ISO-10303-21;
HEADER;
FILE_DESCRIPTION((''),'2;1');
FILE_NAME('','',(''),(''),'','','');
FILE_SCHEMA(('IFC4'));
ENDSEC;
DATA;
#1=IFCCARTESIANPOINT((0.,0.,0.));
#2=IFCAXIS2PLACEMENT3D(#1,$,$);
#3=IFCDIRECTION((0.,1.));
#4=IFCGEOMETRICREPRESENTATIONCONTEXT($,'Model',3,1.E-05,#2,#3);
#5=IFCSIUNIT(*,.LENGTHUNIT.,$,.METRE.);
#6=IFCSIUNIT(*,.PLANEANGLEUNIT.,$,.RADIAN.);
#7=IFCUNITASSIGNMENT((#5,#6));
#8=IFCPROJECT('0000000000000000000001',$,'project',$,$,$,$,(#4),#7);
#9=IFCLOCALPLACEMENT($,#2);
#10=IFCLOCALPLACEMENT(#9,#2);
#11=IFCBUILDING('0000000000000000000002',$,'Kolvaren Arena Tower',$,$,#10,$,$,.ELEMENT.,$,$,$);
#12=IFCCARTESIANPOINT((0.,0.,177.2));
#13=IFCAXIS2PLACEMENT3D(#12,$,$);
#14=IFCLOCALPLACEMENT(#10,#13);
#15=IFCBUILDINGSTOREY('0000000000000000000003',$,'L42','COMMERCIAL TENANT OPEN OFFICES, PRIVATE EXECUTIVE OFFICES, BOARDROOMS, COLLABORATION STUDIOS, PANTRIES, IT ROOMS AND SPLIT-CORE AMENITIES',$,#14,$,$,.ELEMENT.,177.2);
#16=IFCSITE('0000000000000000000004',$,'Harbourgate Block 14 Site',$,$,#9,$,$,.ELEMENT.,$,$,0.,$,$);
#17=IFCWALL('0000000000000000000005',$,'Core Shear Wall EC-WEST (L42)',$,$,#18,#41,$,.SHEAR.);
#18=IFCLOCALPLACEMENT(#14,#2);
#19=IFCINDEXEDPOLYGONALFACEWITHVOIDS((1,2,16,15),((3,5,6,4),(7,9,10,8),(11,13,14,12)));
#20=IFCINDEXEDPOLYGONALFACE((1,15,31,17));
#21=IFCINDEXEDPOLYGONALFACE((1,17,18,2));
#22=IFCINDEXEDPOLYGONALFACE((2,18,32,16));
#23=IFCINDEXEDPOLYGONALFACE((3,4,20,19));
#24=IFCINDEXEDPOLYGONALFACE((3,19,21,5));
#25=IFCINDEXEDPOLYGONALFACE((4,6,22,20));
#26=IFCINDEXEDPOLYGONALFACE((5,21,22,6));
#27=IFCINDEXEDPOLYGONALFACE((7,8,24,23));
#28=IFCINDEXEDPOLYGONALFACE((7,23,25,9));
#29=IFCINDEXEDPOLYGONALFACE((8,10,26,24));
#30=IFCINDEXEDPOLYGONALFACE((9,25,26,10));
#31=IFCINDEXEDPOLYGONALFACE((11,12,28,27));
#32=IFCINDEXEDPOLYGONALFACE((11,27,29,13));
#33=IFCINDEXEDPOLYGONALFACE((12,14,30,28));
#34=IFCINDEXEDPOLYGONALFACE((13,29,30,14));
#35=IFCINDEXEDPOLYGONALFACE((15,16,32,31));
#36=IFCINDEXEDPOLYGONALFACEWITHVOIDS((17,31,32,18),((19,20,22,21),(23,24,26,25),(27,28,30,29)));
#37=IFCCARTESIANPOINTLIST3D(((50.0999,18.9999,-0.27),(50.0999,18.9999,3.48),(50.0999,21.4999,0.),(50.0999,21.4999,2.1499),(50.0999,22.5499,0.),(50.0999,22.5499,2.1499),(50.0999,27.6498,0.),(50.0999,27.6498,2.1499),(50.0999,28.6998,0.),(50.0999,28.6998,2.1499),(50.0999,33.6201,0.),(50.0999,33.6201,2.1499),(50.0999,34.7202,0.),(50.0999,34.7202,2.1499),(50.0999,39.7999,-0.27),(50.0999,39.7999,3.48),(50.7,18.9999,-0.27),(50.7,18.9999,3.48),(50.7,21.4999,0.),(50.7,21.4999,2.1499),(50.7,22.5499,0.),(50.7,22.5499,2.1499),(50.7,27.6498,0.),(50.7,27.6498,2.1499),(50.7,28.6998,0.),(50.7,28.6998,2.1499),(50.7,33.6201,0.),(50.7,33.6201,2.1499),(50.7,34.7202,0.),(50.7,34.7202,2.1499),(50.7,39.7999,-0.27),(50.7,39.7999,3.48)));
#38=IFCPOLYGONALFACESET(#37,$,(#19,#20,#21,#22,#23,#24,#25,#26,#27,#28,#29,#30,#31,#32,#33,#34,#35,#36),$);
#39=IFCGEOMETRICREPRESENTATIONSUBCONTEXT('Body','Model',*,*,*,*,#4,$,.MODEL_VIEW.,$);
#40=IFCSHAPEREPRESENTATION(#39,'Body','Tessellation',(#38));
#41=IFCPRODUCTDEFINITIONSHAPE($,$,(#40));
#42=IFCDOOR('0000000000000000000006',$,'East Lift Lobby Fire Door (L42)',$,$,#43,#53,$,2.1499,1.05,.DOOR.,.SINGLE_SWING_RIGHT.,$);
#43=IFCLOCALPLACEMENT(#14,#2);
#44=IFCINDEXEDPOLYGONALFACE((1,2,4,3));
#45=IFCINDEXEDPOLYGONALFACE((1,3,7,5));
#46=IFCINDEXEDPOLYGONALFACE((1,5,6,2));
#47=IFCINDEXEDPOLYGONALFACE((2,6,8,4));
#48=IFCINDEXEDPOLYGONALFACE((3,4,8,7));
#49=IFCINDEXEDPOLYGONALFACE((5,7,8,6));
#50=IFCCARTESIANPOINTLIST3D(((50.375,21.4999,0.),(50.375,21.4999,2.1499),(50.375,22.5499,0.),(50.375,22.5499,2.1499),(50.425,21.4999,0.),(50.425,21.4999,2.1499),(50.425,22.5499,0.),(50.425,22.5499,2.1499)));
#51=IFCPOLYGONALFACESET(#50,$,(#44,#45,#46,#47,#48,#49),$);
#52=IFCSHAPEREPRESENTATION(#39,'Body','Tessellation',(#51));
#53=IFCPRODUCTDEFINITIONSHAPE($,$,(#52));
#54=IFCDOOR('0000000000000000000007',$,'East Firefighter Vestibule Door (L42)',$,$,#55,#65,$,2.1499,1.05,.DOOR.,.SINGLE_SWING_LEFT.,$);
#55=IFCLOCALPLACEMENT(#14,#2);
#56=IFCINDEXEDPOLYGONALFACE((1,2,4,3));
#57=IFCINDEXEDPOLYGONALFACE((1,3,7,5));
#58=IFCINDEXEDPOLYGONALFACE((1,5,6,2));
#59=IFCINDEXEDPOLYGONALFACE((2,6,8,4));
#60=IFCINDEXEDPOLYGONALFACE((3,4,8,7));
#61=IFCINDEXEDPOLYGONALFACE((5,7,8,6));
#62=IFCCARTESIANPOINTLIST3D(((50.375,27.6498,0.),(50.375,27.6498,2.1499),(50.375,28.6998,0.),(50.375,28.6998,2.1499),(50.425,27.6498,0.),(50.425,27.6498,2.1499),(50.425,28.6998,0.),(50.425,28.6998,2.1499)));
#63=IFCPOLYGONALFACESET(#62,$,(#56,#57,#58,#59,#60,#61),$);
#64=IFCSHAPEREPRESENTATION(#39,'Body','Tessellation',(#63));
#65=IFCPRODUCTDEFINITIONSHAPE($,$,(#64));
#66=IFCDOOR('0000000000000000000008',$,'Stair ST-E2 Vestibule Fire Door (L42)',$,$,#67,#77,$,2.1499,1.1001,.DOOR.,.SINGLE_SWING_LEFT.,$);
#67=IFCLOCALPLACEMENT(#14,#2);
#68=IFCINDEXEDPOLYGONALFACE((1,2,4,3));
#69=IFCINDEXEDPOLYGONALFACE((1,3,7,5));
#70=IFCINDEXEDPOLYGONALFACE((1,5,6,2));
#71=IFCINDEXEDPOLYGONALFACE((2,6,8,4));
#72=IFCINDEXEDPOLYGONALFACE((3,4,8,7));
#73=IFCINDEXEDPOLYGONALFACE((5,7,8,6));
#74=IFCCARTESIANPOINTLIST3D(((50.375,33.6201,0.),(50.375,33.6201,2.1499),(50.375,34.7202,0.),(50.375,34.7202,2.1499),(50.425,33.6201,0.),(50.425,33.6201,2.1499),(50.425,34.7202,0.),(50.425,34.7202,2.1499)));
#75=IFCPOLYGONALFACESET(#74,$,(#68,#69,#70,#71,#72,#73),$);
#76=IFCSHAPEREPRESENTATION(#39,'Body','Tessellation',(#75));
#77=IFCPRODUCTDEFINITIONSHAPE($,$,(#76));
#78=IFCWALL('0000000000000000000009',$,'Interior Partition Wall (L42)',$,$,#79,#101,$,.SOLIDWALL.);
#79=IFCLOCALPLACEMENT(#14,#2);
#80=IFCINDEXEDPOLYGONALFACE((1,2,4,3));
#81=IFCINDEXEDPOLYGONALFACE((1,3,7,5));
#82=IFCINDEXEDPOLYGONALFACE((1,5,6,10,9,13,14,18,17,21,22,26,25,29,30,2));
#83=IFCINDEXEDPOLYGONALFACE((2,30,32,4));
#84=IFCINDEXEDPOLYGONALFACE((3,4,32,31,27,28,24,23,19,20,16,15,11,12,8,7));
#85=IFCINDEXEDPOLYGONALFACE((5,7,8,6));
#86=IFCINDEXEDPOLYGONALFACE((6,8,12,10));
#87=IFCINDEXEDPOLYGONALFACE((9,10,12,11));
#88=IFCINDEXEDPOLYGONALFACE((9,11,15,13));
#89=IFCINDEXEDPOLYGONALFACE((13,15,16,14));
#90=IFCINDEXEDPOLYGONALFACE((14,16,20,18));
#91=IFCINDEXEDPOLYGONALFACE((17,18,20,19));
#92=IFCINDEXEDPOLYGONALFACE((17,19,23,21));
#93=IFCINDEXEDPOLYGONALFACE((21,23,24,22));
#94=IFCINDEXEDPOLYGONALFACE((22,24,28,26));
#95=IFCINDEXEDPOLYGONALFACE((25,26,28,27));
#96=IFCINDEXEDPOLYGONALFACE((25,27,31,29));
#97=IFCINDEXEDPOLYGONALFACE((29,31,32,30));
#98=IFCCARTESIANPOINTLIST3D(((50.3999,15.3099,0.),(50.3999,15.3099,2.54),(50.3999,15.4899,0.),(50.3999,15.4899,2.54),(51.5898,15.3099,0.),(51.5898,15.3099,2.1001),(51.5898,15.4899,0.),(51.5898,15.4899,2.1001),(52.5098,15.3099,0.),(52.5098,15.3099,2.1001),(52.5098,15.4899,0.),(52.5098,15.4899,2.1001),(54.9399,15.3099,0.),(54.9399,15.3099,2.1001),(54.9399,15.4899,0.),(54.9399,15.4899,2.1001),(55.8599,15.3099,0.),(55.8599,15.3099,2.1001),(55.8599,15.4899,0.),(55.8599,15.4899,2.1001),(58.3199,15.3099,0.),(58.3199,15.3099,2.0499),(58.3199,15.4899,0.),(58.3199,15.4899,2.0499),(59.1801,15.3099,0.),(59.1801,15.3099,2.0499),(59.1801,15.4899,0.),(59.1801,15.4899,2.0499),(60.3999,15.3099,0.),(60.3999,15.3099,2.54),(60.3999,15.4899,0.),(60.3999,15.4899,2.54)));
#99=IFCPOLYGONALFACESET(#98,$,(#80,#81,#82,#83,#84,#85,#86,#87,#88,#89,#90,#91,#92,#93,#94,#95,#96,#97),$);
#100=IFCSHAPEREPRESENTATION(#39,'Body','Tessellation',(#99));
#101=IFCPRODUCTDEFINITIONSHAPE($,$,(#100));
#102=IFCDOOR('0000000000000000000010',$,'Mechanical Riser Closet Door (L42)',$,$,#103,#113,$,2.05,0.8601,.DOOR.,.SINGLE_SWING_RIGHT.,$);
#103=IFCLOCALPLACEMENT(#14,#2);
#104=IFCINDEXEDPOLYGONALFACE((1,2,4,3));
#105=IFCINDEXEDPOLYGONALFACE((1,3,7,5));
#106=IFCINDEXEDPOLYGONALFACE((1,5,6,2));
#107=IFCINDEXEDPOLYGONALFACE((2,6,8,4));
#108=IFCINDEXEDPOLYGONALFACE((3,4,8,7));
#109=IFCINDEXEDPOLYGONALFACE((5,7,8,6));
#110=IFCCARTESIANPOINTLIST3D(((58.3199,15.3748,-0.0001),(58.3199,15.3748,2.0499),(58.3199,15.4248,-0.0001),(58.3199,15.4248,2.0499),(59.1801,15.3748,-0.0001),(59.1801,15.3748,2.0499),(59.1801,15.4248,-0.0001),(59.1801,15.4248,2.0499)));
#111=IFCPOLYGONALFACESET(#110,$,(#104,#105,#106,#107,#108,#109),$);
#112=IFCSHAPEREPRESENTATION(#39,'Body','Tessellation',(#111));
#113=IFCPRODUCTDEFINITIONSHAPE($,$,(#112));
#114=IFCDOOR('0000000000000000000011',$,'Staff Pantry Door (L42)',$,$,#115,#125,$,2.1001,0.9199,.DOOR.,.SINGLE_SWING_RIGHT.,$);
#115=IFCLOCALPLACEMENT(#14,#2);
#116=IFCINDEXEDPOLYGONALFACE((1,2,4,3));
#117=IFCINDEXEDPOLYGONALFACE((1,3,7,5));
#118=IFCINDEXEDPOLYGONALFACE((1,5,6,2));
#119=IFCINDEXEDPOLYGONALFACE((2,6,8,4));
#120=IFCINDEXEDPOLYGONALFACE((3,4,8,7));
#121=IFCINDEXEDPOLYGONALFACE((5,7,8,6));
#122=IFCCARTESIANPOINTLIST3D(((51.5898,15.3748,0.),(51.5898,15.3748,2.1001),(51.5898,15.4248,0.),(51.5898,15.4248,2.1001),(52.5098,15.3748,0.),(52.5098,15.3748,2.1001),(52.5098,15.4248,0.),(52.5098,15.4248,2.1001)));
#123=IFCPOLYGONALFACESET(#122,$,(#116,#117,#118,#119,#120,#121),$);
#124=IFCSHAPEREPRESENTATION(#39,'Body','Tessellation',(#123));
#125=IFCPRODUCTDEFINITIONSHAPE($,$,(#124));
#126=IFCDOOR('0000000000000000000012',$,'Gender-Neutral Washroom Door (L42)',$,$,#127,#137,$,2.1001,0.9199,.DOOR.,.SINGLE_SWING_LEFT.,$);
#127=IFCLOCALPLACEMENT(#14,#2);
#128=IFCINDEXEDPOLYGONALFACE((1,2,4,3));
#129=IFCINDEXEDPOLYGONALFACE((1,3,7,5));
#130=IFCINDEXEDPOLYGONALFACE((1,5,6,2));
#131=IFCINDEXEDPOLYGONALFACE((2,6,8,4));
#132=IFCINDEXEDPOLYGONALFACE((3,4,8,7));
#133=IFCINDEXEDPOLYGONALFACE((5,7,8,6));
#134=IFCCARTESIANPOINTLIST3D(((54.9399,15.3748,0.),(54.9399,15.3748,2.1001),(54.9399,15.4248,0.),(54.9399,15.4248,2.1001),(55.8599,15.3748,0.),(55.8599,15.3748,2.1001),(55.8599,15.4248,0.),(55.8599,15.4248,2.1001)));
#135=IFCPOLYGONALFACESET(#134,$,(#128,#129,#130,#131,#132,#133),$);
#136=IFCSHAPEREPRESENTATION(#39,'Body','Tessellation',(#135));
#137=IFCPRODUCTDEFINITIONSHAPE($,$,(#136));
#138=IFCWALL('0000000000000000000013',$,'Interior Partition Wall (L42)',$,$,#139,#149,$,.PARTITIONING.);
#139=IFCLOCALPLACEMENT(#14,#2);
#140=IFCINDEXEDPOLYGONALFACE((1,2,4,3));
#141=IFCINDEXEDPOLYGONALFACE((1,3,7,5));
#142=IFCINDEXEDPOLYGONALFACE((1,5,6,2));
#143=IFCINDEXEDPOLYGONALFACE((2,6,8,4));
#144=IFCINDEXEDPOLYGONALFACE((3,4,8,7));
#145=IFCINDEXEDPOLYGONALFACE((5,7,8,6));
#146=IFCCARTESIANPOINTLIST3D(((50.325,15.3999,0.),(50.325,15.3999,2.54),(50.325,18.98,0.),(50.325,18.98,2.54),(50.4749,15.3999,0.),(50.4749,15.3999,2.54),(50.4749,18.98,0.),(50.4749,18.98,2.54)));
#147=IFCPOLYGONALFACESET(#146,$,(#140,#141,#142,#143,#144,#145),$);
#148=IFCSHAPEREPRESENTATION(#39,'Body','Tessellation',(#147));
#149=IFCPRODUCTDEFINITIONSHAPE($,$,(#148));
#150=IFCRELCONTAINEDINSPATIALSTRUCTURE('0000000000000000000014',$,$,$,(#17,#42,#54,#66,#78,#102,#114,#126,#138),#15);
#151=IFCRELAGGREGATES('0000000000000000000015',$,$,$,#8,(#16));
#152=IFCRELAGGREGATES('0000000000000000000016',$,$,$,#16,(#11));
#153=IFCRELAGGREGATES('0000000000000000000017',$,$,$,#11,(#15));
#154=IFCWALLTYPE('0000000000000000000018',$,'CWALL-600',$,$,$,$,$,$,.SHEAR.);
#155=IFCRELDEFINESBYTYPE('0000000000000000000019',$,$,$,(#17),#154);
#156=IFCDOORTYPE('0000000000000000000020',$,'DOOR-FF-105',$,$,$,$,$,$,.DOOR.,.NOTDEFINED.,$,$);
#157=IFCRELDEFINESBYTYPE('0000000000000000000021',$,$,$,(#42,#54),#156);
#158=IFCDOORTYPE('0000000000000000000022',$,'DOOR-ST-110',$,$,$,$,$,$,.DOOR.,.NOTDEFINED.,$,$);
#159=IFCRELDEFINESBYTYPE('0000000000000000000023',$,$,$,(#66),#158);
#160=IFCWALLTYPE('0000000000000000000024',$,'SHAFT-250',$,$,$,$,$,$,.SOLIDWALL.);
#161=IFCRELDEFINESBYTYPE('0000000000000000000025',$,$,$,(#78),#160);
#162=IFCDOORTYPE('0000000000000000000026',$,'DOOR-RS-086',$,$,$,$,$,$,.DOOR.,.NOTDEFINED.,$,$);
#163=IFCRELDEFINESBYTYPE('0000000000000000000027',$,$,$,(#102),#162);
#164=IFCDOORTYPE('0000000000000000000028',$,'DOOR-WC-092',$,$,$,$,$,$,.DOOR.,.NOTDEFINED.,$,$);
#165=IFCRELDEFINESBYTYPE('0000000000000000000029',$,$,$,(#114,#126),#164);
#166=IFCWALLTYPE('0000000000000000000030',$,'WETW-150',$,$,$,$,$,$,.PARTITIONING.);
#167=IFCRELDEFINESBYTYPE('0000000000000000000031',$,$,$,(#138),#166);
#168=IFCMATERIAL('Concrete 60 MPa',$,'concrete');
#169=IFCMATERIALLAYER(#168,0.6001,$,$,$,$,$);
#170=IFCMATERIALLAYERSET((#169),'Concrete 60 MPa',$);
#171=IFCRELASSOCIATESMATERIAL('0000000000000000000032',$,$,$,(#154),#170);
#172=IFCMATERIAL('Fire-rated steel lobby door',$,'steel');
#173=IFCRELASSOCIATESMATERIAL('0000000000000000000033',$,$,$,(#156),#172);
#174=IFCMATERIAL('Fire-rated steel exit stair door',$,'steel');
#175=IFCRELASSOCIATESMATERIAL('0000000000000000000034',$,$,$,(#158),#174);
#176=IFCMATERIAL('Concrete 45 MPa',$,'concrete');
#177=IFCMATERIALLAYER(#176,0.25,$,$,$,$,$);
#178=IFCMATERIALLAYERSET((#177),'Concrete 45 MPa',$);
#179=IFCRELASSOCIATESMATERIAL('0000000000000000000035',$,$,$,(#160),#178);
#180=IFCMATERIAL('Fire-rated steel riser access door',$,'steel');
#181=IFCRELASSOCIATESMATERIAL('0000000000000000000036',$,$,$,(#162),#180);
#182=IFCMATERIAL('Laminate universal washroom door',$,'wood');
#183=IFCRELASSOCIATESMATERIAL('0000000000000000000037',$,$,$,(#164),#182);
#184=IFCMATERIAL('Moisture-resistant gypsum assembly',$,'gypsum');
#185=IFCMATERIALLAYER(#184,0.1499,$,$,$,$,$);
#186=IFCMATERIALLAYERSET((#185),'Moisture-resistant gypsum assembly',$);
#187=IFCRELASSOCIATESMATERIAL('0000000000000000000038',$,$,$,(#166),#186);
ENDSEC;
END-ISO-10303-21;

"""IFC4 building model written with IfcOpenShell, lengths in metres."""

from ifc_helpers import new_model, si_unit, direction, frame, frame_2d, origin, place, context, subcontext, project, spatial, rectangle, extrude, material, layer, layer_set, type_object, element, fill, save


model = new_model("IFC4")

# Units and contexts
model_context = context("Model", 3, precision=1e-05, world=origin(), true_north=direction((0.0, 1.0)))
body_context = subcontext(model_context, "Body", "Model", "MODEL_VIEW")
ifc_project = project(units=[si_unit("LENGTHUNIT", "METRE"), si_unit("PLANEANGLEUNIT", "RADIAN")], contexts=[model_context])

# Site, building, storey
site_placement = place(None, origin())
site = spatial("IfcSite", under=ifc_project, at=site_placement, Name="Harbourgate Block 14 Site", CompositionType="ELEMENT", RefElevation=0.0)
building_placement = place(site_placement, origin())
building = spatial("IfcBuilding", under=site, at=building_placement, Name="Kolvaren Arena Tower", CompositionType="ELEMENT")
storey_placement = place(building_placement, frame((0.0, 0.0, 177.2)))
storey = spatial("IfcBuildingStorey", under=building, at=storey_placement, Name="L42", Description="COMMERCIAL TENANT OPEN OFFICES, PRIVATE EXECUTIVE OFFICES, BOARDROOMS, COLLABORATION STUDIOS, PANTRIES, IT ROOMS AND SPLIT-CORE AMENITIES", CompositionType="ELEMENT", Elevation=177.2)

# Walls, openings, doors
ifc_material_1 = material(Name="Concrete 60 MPa", Category="concrete")
ifc_layer_1 = layer(ifc_material_1, 0.6001)
ifc_layer_set_1 = layer_set([ifc_layer_1], Name="Concrete 60 MPa")
wall_type_1 = type_object("IfcWallType", Name="CWALL-600", PredefinedType="SHEAR", material=ifc_layer_set_1)
wall_1_placement = place(storey_placement, frame((50.3999, 19.0, -0.27), z_axis=(0.0, 0.0, 1.0), x_axis=(0.0, 1.0, 0.0)))
wall_1 = element("IfcWall", 1, at=wall_1_placement, inside=storey, type_object=wall_type_1, Name="Core Shear Wall EC-WEST (L42)", PredefinedType="SHEAR", context=body_context, shape_type="SweptSolid", body=[
    extrude(rectangle(XDim=20.8, YDim=0.6001, at=frame_2d((10.3999, 0.0))), origin(), (0.0, 0.0, 1.0), 3.75),
])
opening_1_placement = place(wall_1_placement, frame((2.5, 0.0, 0.27)))
opening_1 = element("IfcOpeningElement", 2, at=opening_1_placement, cuts=wall_1, PredefinedType="OPENING", context=body_context, shape_type="SweptSolid", body=[
    extrude(rectangle(XDim=1.05, YDim=2.1499, at=frame_2d((0.5249, 1.075))), frame((0.0, 0.3101, 0.0), z_axis=(0.0, -1.0, 0.0), x_axis=(1.0, 0.0, 0.0)), (0.0, 0.0, 1.0), 0.6201),
])
opening_2_placement = place(wall_1_placement, frame((8.6499, 0.0, 0.27)))
opening_2 = element("IfcOpeningElement", 3, at=opening_2_placement, cuts=wall_1, PredefinedType="OPENING", context=body_context, shape_type="SweptSolid", body=[
    extrude(rectangle(XDim=1.05, YDim=2.1499, at=frame_2d((0.5249, 1.075))), frame((0.0, 0.3101, 0.0), z_axis=(0.0, -1.0, 0.0), x_axis=(1.0, 0.0, 0.0)), (0.0, 0.0, 1.0), 0.6201),
])
opening_3_placement = place(wall_1_placement, frame((14.6201, 0.0, 0.27)))
opening_3 = element("IfcOpeningElement", 4, at=opening_3_placement, cuts=wall_1, PredefinedType="OPENING", context=body_context, shape_type="SweptSolid", body=[
    extrude(rectangle(XDim=1.1001, YDim=2.1499, at=frame_2d((0.55, 1.075))), frame((0.0, 0.3101, 0.0), z_axis=(0.0, -1.0, 0.0), x_axis=(1.0, 0.0, 0.0)), (0.0, 0.0, 1.0), 0.6201),
])
ifc_material_2 = material(Name="Fire-rated steel lobby door", Category="steel")
door_type_1 = type_object("IfcDoorType", Name="DOOR-FF-105", OperationType="NOTDEFINED", PredefinedType="DOOR", material=ifc_material_2)
door_1_placement = place(opening_1_placement, origin())
door_1 = element("IfcDoor", 5, at=door_1_placement, inside=storey, type_object=door_type_1, Name="East Lift Lobby Fire Door (L42)", OperationType="SINGLE_SWING_RIGHT", OverallHeight=2.1499, OverallWidth=1.05, PredefinedType="DOOR", context=body_context, shape_type="SweptSolid", body=[
    extrude(rectangle(XDim=1.05, YDim=2.1499, at=frame_2d((0.5249, 1.075))), frame((0.0, 0.0249, 0.0), z_axis=(0.0, -1.0, 0.0), x_axis=(1.0, 0.0, 0.0)), (0.0, 0.0, 1.0), 0.05),
])
fill(opening_1, door_1)
door_2_placement = place(opening_2_placement, origin())
door_2 = element("IfcDoor", 6, at=door_2_placement, inside=storey, type_object=door_type_1, Name="East Firefighter Vestibule Door (L42)", OperationType="SINGLE_SWING_LEFT", OverallHeight=2.1499, OverallWidth=1.05, PredefinedType="DOOR", context=body_context, shape_type="SweptSolid", body=[
    extrude(rectangle(XDim=1.05, YDim=2.1499, at=frame_2d((0.5249, 1.075))), frame((0.0, 0.0249, 0.0), z_axis=(0.0, -1.0, 0.0), x_axis=(1.0, 0.0, 0.0)), (0.0, 0.0, 1.0), 0.05),
])
fill(opening_2, door_2)
ifc_material_3 = material(Name="Fire-rated steel exit stair door", Category="steel")
door_type_2 = type_object("IfcDoorType", Name="DOOR-ST-110", OperationType="NOTDEFINED", PredefinedType="DOOR", material=ifc_material_3)
door_3_placement = place(opening_3_placement, origin())
door_3 = element("IfcDoor", 7, at=door_3_placement, inside=storey, type_object=door_type_2, Name="Stair ST-E2 Vestibule Fire Door (L42)", OperationType="SINGLE_SWING_LEFT", OverallHeight=2.1499, OverallWidth=1.1001, PredefinedType="DOOR", context=body_context, shape_type="SweptSolid", body=[
    extrude(rectangle(XDim=1.1001, YDim=2.1499, at=frame_2d((0.55, 1.075))), frame((0.0, 0.0249, 0.0), z_axis=(0.0, -1.0, 0.0), x_axis=(1.0, 0.0, 0.0)), (0.0, 0.0, 1.0), 0.05),
])
fill(opening_3, door_3)
ifc_material_4 = material(Name="Concrete 45 MPa", Category="concrete")
ifc_layer_2 = layer(ifc_material_4, 0.25)
ifc_layer_set_2 = layer_set([ifc_layer_2], Name="Concrete 45 MPa")
wall_type_2 = type_object("IfcWallType", Name="SHAFT-250", PredefinedType="SOLIDWALL", material=ifc_layer_set_2)
wall_2_placement = place(storey_placement, frame((50.3999, 15.3999, 0.0), z_axis=(0.0, 0.0, 1.0), x_axis=(1.0, 0.0, 0.0)))
wall_2 = element("IfcWall", 8, at=wall_2_placement, inside=storey, type_object=wall_type_2, Name="Interior Partition Wall (L42)", PredefinedType="SOLIDWALL", context=body_context, shape_type="SweptSolid", body=[
    extrude(rectangle(XDim=10.0, YDim=0.1799, at=frame_2d((5.0, 0.0))), origin(), (0.0, 0.0, 1.0), 2.54),
])
opening_4_placement = place(wall_2_placement, frame((1.1899, 0.0, 0.0)))
opening_4 = element("IfcOpeningElement", 9, at=opening_4_placement, cuts=wall_2, PredefinedType="OPENING", context=body_context, shape_type="SweptSolid", body=[
    extrude(rectangle(XDim=0.9199, YDim=2.1001, at=frame_2d((0.46, 1.05))), frame((0.0, 0.0999, 0.0), z_axis=(0.0, -1.0, 0.0), x_axis=(1.0, 0.0, 0.0)), (0.0, 0.0, 1.0), 0.2),
])
opening_5_placement = place(wall_2_placement, frame((4.54, 0.0, 0.0)))
opening_5 = element("IfcOpeningElement", 10, at=opening_5_placement, cuts=wall_2, PredefinedType="OPENING", context=body_context, shape_type="SweptSolid", body=[
    extrude(rectangle(XDim=0.9199, YDim=2.1001, at=frame_2d((0.46, 1.05))), frame((0.0, 0.0999, 0.0), z_axis=(0.0, -1.0, 0.0), x_axis=(1.0, 0.0, 0.0)), (0.0, 0.0, 1.0), 0.2),
])
opening_6_placement = place(wall_2_placement, frame((7.9199, 0.0, 0.0)))
opening_6 = element("IfcOpeningElement", 11, at=opening_6_placement, cuts=wall_2, PredefinedType="OPENING", context=body_context, shape_type="SweptSolid", body=[
    extrude(rectangle(XDim=0.8601, YDim=2.05, at=frame_2d((0.4302, 1.0249))), frame((0.0, 0.0999, 0.0), z_axis=(0.0, -1.0, 0.0), x_axis=(1.0, 0.0, 0.0)), (0.0, 0.0, 1.0), 0.2),
])
ifc_material_5 = material(Name="Fire-rated steel riser access door", Category="steel")
door_type_3 = type_object("IfcDoorType", Name="DOOR-RS-086", OperationType="NOTDEFINED", PredefinedType="DOOR", material=ifc_material_5)
door_4_placement = place(opening_6_placement, origin())
door_4 = element("IfcDoor", 12, at=door_4_placement, inside=storey, type_object=door_type_3, Name="Mechanical Riser Closet Door (L42)", OperationType="SINGLE_SWING_RIGHT", OverallHeight=2.05, OverallWidth=0.8601, PredefinedType="DOOR", context=body_context, shape_type="SweptSolid", body=[
    extrude(rectangle(XDim=0.8601, YDim=2.05, at=frame_2d((0.4302, 1.0249))), frame((0.0, 0.0249, 0.0), z_axis=(0.0, -1.0, 0.0), x_axis=(1.0, 0.0, 0.0)), (0.0, 0.0, 1.0), 0.05),
])
fill(opening_6, door_4)
ifc_material_6 = material(Name="Laminate universal washroom door", Category="wood")
door_type_4 = type_object("IfcDoorType", Name="DOOR-WC-092", OperationType="NOTDEFINED", PredefinedType="DOOR", material=ifc_material_6)
door_5_placement = place(opening_4_placement, origin())
door_5 = element("IfcDoor", 13, at=door_5_placement, inside=storey, type_object=door_type_4, Name="Staff Pantry Door (L42)", OperationType="SINGLE_SWING_RIGHT", OverallHeight=2.1001, OverallWidth=0.9199, PredefinedType="DOOR", context=body_context, shape_type="SweptSolid", body=[
    extrude(rectangle(XDim=0.9199, YDim=2.1001, at=frame_2d((0.46, 1.05))), frame((0.0, 0.0249, 0.0), z_axis=(0.0, -1.0, 0.0), x_axis=(1.0, 0.0, 0.0)), (0.0, 0.0, 1.0), 0.05),
])
fill(opening_4, door_5)
door_6_placement = place(opening_5_placement, origin())
door_6 = element("IfcDoor", 14, at=door_6_placement, inside=storey, type_object=door_type_4, Name="Gender-Neutral Washroom Door (L42)", OperationType="SINGLE_SWING_LEFT", OverallHeight=2.1001, OverallWidth=0.9199, PredefinedType="DOOR", context=body_context, shape_type="SweptSolid", body=[
    extrude(rectangle(XDim=0.9199, YDim=2.1001, at=frame_2d((0.46, 1.05))), frame((0.0, 0.0249, 0.0), z_axis=(0.0, -1.0, 0.0), x_axis=(1.0, 0.0, 0.0)), (0.0, 0.0, 1.0), 0.05),
])
fill(opening_5, door_6)

# Wall
ifc_material_7 = material(Name="Moisture-resistant gypsum assembly", Category="gypsum")
ifc_layer_3 = layer(ifc_material_7, 0.1499)
ifc_layer_set_3 = layer_set([ifc_layer_3], Name="Moisture-resistant gypsum assembly")
wall_type_3 = type_object("IfcWallType", Name="WETW-150", PredefinedType="PARTITIONING", material=ifc_layer_set_3)
wall_3_placement = place(storey_placement, frame((50.3999, 15.3999, 0.0), z_axis=(0.0, 0.0, 1.0), x_axis=(0.0, 1.0, 0.0)))
element("IfcWall", 15, at=wall_3_placement, inside=storey, type_object=wall_type_3, Name="Interior Partition Wall (L42)", PredefinedType="PARTITIONING", context=body_context, shape_type="SweptSolid", body=[
    extrude(rectangle(XDim=3.5801, YDim=0.1499, at=frame_2d((1.79, 0.0))), origin(), (0.0, 0.0, 1.0), 2.54),
])

save(model, "model.ifc")
